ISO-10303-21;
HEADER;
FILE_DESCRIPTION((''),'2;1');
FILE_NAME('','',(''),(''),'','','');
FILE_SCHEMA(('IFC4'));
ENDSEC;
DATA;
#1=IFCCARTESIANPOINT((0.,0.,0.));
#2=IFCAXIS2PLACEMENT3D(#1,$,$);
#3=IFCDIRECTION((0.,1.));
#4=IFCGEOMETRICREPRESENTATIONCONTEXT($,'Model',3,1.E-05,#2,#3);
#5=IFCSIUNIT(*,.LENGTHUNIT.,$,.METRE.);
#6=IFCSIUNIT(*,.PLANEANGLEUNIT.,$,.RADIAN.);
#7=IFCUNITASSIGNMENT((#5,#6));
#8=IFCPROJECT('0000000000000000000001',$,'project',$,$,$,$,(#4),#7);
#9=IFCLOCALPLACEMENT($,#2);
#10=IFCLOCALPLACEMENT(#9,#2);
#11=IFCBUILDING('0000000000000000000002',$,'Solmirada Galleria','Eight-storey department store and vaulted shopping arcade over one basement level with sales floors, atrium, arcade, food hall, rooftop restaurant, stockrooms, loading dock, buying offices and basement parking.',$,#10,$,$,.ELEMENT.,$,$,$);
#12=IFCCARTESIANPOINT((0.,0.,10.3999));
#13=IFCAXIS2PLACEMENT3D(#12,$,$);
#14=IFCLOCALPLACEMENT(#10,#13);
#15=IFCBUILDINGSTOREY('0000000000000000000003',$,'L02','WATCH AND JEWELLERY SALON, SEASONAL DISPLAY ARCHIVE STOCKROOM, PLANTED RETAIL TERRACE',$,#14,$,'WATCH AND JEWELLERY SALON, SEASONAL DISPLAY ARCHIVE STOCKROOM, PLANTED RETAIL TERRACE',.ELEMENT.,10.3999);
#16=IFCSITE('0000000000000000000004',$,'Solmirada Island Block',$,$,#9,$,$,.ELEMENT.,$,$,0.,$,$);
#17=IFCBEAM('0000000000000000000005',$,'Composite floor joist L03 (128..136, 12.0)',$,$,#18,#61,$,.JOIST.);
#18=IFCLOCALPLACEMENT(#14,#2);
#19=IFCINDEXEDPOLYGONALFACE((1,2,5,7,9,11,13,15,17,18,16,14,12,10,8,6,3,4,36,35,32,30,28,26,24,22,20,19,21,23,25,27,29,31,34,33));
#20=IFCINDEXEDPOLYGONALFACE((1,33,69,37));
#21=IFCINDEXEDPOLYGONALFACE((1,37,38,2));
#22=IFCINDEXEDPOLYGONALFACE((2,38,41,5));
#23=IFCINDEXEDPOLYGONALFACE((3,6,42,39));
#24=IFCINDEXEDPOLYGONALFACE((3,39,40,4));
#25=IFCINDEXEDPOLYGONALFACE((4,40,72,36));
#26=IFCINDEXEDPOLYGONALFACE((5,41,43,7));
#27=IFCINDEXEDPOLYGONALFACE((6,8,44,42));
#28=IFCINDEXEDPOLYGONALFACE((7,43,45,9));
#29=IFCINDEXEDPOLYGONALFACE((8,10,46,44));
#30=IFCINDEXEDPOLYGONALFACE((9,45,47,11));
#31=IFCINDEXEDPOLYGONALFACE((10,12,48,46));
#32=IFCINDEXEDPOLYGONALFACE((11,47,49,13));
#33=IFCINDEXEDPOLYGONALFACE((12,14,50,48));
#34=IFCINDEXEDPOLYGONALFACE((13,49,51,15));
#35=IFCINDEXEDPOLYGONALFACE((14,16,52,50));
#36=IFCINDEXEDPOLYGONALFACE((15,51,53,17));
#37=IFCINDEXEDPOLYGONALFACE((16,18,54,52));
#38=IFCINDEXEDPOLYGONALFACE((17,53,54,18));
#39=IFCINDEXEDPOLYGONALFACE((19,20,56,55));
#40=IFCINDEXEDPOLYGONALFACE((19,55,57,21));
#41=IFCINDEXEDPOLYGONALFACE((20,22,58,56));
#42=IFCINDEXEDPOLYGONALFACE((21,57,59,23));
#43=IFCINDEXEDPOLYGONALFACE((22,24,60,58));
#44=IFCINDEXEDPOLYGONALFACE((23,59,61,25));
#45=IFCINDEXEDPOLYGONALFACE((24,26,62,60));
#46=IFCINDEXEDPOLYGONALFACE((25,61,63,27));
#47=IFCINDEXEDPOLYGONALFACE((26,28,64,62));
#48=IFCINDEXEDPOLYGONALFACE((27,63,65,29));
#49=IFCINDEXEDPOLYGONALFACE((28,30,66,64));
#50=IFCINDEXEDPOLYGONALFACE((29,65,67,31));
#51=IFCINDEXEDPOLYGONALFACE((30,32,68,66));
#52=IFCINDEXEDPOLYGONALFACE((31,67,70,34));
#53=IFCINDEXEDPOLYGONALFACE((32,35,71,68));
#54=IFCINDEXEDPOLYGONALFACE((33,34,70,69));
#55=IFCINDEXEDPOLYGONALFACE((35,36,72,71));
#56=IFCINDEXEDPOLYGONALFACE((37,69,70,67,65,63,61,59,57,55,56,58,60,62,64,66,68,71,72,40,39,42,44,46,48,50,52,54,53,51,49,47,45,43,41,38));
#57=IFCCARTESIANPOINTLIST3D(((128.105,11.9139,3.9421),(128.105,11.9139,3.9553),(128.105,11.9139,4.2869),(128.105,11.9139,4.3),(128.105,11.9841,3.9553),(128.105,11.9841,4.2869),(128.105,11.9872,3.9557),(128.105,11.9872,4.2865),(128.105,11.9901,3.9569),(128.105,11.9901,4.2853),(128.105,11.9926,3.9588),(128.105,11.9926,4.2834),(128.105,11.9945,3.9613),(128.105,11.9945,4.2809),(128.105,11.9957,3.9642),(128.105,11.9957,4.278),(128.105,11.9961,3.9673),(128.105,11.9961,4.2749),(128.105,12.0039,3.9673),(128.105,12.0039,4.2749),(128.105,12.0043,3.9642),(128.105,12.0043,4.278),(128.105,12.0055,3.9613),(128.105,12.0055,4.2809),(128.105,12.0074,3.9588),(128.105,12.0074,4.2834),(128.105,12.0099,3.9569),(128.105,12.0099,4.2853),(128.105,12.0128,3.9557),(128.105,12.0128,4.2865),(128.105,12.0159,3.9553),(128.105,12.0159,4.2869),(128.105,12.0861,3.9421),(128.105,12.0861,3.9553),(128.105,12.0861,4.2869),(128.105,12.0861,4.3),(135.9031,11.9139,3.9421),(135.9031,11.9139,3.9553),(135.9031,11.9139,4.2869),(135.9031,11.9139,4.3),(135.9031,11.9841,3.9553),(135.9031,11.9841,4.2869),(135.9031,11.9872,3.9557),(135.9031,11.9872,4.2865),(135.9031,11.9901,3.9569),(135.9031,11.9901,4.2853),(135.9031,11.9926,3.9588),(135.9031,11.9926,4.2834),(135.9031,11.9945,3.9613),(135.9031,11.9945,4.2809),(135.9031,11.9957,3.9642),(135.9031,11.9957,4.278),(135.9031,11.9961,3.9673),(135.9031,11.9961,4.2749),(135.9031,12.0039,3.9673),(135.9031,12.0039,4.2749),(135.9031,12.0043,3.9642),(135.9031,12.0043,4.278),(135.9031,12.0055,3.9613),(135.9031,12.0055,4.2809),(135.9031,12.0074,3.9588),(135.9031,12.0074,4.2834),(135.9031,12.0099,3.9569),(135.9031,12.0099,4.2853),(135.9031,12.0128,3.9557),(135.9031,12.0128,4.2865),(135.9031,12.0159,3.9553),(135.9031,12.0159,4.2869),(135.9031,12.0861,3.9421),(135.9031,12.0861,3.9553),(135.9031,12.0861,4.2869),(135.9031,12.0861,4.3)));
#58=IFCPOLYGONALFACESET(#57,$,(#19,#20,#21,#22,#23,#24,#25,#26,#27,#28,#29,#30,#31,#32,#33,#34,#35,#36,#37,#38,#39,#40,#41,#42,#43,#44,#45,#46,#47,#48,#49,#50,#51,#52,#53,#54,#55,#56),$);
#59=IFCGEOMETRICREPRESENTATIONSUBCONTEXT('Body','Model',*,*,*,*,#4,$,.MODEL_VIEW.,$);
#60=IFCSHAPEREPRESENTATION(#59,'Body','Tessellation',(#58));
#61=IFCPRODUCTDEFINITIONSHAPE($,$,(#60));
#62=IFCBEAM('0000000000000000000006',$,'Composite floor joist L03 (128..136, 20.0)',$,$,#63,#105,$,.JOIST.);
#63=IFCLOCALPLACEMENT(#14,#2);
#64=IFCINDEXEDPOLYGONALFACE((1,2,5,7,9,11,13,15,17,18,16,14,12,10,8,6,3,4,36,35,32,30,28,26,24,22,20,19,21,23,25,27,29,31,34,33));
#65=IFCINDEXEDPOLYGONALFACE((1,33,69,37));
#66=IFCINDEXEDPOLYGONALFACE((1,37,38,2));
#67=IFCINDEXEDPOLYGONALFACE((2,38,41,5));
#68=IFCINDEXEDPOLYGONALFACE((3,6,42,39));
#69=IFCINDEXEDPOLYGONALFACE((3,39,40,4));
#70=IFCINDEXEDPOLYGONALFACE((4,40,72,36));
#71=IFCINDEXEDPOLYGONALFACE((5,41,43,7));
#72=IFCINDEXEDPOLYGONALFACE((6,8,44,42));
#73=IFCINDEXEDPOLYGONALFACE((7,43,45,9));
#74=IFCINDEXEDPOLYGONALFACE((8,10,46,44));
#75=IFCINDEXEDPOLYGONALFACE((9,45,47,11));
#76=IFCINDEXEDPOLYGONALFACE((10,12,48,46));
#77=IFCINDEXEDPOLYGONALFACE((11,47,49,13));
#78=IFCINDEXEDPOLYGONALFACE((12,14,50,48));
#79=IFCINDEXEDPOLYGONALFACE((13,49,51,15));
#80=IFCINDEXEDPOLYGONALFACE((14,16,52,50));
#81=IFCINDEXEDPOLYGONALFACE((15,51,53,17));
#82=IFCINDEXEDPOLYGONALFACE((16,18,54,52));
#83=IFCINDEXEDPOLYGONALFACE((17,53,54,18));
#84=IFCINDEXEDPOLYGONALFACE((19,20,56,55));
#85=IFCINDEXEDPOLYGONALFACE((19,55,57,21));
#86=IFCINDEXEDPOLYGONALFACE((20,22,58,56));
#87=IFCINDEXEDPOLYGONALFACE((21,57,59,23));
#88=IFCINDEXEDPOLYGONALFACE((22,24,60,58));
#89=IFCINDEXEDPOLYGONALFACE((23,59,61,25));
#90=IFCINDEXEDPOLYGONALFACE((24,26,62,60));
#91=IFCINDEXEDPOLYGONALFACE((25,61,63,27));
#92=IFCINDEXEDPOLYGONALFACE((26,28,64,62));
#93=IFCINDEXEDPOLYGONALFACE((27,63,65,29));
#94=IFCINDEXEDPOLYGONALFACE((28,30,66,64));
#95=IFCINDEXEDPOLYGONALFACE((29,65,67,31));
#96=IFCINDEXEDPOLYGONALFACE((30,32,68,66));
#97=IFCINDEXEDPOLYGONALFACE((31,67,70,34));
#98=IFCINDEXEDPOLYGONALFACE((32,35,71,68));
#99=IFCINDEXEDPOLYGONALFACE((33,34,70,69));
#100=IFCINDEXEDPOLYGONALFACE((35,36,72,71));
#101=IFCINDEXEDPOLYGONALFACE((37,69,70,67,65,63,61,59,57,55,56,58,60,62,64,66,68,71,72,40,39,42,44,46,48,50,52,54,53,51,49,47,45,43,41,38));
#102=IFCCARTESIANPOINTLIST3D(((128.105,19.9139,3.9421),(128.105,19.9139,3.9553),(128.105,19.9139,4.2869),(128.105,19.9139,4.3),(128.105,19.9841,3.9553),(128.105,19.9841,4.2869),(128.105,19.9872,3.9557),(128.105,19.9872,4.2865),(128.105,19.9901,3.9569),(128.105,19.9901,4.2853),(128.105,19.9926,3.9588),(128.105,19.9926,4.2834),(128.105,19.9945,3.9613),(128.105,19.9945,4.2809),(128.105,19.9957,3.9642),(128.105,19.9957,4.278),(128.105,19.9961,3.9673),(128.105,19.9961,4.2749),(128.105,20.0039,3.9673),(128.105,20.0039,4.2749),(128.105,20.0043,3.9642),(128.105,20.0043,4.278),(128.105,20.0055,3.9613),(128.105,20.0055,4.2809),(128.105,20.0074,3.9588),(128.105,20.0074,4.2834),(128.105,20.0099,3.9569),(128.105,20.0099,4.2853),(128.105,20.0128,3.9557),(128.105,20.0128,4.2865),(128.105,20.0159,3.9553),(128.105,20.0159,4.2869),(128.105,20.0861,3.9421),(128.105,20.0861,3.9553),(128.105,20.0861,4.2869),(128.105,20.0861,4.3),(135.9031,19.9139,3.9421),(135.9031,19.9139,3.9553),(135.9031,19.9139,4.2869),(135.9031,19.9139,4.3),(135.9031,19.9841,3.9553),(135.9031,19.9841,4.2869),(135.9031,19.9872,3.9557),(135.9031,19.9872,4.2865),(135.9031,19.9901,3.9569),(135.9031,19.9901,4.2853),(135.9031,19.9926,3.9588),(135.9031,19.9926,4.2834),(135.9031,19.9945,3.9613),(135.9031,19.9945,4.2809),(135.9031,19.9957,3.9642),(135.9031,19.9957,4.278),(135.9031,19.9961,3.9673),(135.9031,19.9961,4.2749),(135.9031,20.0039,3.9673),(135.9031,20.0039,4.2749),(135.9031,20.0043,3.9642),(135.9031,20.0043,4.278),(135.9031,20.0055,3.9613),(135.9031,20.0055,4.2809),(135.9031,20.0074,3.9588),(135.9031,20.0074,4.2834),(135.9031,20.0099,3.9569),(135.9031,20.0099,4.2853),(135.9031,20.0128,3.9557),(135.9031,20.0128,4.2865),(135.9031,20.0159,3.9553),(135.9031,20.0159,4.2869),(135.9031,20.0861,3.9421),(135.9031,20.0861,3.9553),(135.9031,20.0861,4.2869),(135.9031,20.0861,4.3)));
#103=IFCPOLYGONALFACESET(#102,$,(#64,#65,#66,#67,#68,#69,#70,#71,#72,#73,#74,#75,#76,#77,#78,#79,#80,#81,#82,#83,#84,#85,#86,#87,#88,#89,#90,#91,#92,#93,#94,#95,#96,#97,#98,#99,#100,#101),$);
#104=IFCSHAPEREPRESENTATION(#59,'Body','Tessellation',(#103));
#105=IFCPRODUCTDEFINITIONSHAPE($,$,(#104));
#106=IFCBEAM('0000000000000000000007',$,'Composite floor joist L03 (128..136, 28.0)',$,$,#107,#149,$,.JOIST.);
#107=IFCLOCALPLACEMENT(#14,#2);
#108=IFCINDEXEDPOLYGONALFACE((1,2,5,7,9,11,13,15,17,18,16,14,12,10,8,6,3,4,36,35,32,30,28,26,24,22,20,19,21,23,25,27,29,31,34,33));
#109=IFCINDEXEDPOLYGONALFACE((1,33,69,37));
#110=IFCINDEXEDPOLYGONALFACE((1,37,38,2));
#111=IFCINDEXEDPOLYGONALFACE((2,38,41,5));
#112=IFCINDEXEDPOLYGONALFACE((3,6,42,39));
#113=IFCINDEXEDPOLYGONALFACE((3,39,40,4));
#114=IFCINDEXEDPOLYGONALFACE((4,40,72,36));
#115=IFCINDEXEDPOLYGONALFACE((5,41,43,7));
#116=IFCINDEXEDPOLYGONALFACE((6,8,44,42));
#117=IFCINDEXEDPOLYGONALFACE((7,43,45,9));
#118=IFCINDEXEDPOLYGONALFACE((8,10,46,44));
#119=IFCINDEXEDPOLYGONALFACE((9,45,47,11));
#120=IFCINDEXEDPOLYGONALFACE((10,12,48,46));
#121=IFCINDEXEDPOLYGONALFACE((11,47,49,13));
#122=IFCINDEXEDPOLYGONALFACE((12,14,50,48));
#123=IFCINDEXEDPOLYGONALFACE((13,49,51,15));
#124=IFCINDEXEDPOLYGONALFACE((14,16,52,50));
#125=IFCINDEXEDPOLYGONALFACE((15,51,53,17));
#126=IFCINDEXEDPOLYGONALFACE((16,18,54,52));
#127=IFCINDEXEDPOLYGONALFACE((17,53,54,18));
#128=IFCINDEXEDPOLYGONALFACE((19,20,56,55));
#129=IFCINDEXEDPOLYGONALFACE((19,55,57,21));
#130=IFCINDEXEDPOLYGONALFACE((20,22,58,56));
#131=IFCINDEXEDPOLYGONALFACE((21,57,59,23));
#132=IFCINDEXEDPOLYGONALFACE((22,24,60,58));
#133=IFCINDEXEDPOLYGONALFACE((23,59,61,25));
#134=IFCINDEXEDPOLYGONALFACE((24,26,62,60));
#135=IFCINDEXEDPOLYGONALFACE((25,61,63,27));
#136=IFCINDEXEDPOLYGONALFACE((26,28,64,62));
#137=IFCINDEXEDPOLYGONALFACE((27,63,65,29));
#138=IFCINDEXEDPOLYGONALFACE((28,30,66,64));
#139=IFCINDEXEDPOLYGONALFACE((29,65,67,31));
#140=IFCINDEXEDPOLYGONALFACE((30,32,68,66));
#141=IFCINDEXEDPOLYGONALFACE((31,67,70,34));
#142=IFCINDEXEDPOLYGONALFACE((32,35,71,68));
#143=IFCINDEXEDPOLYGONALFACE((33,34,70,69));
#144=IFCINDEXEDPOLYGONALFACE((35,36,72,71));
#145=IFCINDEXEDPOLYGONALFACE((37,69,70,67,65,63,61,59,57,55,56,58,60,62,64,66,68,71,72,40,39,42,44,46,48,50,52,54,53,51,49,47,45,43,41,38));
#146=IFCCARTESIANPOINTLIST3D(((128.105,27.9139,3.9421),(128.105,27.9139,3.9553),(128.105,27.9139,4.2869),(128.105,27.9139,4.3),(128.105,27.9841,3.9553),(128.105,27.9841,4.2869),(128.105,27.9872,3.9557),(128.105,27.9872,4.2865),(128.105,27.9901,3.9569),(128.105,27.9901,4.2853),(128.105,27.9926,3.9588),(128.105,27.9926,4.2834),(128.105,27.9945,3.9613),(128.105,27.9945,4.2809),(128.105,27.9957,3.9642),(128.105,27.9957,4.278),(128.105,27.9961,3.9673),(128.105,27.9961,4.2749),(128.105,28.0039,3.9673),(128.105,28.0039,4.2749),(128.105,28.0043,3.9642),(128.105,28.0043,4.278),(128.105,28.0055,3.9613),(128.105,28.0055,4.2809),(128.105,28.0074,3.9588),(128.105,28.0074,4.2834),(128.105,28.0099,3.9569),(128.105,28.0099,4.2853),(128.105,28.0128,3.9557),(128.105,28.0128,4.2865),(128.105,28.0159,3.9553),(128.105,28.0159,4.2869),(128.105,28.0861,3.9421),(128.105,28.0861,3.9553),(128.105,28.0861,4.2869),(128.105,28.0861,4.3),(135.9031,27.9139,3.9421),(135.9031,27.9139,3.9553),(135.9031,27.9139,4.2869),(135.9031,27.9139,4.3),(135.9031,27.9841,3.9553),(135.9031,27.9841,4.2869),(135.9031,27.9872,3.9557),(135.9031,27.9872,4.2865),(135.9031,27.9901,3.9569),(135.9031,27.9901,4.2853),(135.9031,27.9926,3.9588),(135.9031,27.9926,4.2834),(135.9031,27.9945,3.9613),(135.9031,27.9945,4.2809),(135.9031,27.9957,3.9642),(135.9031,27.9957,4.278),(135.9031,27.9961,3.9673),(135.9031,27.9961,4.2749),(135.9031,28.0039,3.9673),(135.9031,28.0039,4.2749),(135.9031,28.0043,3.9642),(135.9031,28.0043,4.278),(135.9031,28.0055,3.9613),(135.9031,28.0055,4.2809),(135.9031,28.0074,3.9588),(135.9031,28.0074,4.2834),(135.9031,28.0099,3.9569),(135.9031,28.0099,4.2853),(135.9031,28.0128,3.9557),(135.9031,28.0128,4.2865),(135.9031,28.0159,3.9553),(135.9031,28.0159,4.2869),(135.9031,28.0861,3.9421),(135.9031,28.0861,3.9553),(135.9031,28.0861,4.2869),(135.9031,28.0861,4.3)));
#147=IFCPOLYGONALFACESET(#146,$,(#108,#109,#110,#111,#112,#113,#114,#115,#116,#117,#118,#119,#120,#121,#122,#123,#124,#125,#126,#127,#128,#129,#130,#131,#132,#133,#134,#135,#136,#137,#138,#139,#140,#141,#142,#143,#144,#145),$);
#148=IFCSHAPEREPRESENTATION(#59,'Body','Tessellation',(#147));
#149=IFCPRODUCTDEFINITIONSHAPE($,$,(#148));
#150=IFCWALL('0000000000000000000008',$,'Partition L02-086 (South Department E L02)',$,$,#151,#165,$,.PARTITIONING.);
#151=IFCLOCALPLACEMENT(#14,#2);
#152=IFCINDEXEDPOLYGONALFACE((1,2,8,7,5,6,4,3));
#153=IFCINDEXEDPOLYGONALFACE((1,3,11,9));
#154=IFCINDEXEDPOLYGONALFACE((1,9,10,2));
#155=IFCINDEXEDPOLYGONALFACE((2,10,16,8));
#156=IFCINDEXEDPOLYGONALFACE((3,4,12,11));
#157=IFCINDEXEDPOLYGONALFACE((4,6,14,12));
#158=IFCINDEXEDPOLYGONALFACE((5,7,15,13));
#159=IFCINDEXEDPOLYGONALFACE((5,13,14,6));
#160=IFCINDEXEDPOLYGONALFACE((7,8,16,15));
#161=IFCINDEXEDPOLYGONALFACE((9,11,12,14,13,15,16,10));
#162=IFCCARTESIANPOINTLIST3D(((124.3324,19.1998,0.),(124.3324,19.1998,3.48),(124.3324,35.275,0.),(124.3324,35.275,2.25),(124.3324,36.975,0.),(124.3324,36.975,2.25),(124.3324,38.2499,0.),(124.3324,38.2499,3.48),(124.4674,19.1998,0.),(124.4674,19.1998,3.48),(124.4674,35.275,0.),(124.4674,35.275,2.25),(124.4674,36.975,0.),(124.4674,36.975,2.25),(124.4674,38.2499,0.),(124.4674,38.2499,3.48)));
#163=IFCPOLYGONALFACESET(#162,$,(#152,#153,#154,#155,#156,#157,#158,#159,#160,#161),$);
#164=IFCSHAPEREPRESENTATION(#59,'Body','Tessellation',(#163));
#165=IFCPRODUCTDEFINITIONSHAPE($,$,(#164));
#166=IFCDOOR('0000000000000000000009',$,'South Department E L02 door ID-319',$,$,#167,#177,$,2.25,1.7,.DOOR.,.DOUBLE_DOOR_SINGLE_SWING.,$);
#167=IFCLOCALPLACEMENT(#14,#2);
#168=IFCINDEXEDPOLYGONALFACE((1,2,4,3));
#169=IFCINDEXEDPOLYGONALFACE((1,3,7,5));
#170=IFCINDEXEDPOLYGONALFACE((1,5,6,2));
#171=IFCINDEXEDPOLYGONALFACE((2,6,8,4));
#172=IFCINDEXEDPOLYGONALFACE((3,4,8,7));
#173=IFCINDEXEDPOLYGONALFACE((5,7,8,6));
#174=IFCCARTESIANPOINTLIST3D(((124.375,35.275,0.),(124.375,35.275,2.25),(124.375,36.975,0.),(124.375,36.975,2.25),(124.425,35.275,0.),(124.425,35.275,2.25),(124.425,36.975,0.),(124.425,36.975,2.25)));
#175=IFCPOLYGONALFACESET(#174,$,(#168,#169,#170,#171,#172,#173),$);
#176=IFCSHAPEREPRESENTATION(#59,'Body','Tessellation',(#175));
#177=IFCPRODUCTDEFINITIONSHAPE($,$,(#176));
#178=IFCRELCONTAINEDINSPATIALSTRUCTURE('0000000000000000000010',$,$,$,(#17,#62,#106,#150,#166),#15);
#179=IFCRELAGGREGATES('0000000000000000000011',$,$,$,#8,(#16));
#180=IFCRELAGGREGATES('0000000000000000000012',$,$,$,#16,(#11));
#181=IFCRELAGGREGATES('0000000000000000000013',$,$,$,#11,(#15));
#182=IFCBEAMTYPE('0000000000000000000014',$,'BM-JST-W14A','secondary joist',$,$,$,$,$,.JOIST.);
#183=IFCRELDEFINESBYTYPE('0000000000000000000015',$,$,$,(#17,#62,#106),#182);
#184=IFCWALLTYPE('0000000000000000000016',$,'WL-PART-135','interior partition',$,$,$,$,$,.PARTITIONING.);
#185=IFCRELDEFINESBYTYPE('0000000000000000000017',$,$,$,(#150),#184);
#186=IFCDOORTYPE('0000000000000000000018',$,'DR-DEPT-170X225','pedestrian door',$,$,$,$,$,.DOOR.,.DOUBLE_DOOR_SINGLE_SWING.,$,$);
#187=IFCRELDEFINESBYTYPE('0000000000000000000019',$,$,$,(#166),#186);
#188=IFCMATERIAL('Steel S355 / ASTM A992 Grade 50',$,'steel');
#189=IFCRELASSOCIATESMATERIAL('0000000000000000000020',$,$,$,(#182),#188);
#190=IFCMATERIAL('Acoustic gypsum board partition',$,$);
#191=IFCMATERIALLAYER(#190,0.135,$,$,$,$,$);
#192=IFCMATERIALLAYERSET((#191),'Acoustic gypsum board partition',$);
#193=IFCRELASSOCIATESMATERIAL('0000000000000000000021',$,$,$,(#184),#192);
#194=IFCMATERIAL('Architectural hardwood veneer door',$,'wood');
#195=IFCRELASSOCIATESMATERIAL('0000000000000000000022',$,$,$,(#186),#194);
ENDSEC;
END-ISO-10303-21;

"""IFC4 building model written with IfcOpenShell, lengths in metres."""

from ifc_helpers import new_model, si_unit, direction, frame, frame_2d, origin, origin_2d, place, context, subcontext, project, spatial, rectangle, i_section, extrude, material, layer, layer_set, material_profile, profile_set, type_object, element, fill, save


model = new_model("IFC4")

# Units and contexts
model_context = context("Model", 3, precision=1e-05, world=origin(), true_north=direction((0.0, 1.0)))
body_context = subcontext(model_context, "Body", "Model", "MODEL_VIEW")
ifc_project = project(units=[si_unit("LENGTHUNIT", "METRE"), si_unit("PLANEANGLEUNIT", "RADIAN")], contexts=[model_context])

# Site, building, storey
site_placement = place(None, origin())
site = spatial("IfcSite", under=ifc_project, at=site_placement, Name="Solmirada Island Block", CompositionType="ELEMENT", RefElevation=0.0)
building_placement = place(site_placement, origin())
building = spatial("IfcBuilding", under=site, at=building_placement, Name="Solmirada Galleria", Description="Eight-storey department store and vaulted shopping arcade over one basement level with sales floors, atrium, arcade, food hall, rooftop restaurant, stockrooms, loading dock, buying offices and basement parking.", CompositionType="ELEMENT")
storey_placement = place(building_placement, frame((0.0, 0.0, 10.3999)))
storey = spatial("IfcBuildingStorey", under=building, at=storey_placement, Name="L02", Description="WATCH AND JEWELLERY SALON, SEASONAL DISPLAY ARCHIVE STOCKROOM, PLANTED RETAIL TERRACE", LongName="WATCH AND JEWELLERY SALON, SEASONAL DISPLAY ARCHIVE STOCKROOM, PLANTED RETAIL TERRACE", CompositionType="ELEMENT", Elevation=10.3999)

# Beams
ifc_material_1 = material(Name="Steel S355 / ASTM A992 Grade 50", Category="steel")
ifc_material_profile_1 = material_profile(ifc_material_1, i_section(OverallWidth=0.1721, OverallDepth=0.3579, WebThickness=0.0078, FlangeThickness=0.0132, FilletRadius=0.012, at=origin_2d()), Name="W14X38")
ifc_profile_set_1 = profile_set([ifc_material_profile_1], Name="Steel S355 / ASTM A992 Grade 50")
beam_type_1 = type_object("IfcBeamType", Name="BM-JST-W14A", Description="secondary joist", PredefinedType="JOIST", material=ifc_profile_set_1)
for number, where, z_axis, x_axis, name in (
    (1, (128.105, 12.0, 4.1211), (1.0, 0.0, 0.0), (0.0, 1.0, 0.0), "Composite floor joist L03 (128..136, 12.0)"),
    (2, (128.105, 20.0, 4.1211), (1.0, 0.0, 0.0), (0.0, 1.0, 0.0), "Composite floor joist L03 (128..136, 20.0)"),
    (3, (128.105, 28.0, 4.1211), (1.0, 0.0, 0.0), (0.0, 1.0, 0.0), "Composite floor joist L03 (128..136, 28.0)"),
):
    element("IfcBeam", number, at=place(storey_placement, frame(where, z_axis=z_axis, x_axis=x_axis)), inside=storey, type_object=beam_type_1, Name=name, PredefinedType="JOIST", context=body_context, shape_type="SweptSolid", body=[
        extrude(i_section(OverallWidth=0.1721, OverallDepth=0.3579, WebThickness=0.0078, FlangeThickness=0.0132, FilletRadius=0.012, at=origin_2d()), origin(), (0.0, 0.0, 1.0), 7.7981),
    ])

# Wall, opening, door
ifc_material_2 = material(Name="Acoustic gypsum board partition")
ifc_layer_1 = layer(ifc_material_2, 0.135)
ifc_layer_set_1 = layer_set([ifc_layer_1], Name="Acoustic gypsum board partition")
wall_type_1 = type_object("IfcWallType", Name="WL-PART-135", Description="interior partition", PredefinedType="PARTITIONING", material=ifc_layer_set_1)
wall_1_placement = place(storey_placement, frame((124.3999, 19.2, 0.0), z_axis=(0.0, 0.0, 1.0), x_axis=(0.0, 1.0, 0.0)))
wall_1 = element("IfcWall", 4, at=wall_1_placement, inside=storey, type_object=wall_type_1, Name="Partition L02-086 (South Department E L02)", PredefinedType="PARTITIONING", context=body_context, shape_type="SweptSolid", body=[
    extrude(rectangle(XDim=19.05, YDim=0.135, at=frame_2d((9.5249, 0.0))), origin(), (0.0, 0.0, 1.0), 3.48),
])
opening_1_placement = place(wall_1_placement, frame((16.075, 0.0, 0.0)))
opening_1 = element("IfcOpeningElement", 5, at=opening_1_placement, cuts=wall_1, PredefinedType="OPENING", context=body_context, shape_type="SweptSolid", body=[
    extrude(rectangle(XDim=1.7, YDim=2.25, at=frame_2d((0.8501, 1.125))), frame((0.0, 0.0774, 0.0), z_axis=(0.0, -1.0, 0.0), x_axis=(1.0, 0.0, 0.0)), (0.0, 0.0, 1.0), 0.155),
])
ifc_material_3 = material(Name="Architectural hardwood veneer door", Category="wood")
door_type = type_object("IfcDoorType", Name="DR-DEPT-170X225", Description="pedestrian door", OperationType="DOUBLE_DOOR_SINGLE_SWING", PredefinedType="DOOR", material=ifc_material_3)
door_1_placement = place(opening_1_placement, origin())
door_1 = element("IfcDoor", 6, at=door_1_placement, inside=storey, type_object=door_type, Name="South Department E L02 door ID-319", OperationType="DOUBLE_DOOR_SINGLE_SWING", OverallHeight=2.25, OverallWidth=1.7, PredefinedType="DOOR", context=body_context, shape_type="SweptSolid", body=[
    extrude(rectangle(XDim=1.7, YDim=2.25, at=frame_2d((0.8501, 1.125))), frame((0.0, 0.0249, 0.0), z_axis=(0.0, -1.0, 0.0), x_axis=(1.0, 0.0, 0.0)), (0.0, 0.0, 1.0), 0.05),
])
fill(opening_1, door_1)

save(model, "model.ifc")
